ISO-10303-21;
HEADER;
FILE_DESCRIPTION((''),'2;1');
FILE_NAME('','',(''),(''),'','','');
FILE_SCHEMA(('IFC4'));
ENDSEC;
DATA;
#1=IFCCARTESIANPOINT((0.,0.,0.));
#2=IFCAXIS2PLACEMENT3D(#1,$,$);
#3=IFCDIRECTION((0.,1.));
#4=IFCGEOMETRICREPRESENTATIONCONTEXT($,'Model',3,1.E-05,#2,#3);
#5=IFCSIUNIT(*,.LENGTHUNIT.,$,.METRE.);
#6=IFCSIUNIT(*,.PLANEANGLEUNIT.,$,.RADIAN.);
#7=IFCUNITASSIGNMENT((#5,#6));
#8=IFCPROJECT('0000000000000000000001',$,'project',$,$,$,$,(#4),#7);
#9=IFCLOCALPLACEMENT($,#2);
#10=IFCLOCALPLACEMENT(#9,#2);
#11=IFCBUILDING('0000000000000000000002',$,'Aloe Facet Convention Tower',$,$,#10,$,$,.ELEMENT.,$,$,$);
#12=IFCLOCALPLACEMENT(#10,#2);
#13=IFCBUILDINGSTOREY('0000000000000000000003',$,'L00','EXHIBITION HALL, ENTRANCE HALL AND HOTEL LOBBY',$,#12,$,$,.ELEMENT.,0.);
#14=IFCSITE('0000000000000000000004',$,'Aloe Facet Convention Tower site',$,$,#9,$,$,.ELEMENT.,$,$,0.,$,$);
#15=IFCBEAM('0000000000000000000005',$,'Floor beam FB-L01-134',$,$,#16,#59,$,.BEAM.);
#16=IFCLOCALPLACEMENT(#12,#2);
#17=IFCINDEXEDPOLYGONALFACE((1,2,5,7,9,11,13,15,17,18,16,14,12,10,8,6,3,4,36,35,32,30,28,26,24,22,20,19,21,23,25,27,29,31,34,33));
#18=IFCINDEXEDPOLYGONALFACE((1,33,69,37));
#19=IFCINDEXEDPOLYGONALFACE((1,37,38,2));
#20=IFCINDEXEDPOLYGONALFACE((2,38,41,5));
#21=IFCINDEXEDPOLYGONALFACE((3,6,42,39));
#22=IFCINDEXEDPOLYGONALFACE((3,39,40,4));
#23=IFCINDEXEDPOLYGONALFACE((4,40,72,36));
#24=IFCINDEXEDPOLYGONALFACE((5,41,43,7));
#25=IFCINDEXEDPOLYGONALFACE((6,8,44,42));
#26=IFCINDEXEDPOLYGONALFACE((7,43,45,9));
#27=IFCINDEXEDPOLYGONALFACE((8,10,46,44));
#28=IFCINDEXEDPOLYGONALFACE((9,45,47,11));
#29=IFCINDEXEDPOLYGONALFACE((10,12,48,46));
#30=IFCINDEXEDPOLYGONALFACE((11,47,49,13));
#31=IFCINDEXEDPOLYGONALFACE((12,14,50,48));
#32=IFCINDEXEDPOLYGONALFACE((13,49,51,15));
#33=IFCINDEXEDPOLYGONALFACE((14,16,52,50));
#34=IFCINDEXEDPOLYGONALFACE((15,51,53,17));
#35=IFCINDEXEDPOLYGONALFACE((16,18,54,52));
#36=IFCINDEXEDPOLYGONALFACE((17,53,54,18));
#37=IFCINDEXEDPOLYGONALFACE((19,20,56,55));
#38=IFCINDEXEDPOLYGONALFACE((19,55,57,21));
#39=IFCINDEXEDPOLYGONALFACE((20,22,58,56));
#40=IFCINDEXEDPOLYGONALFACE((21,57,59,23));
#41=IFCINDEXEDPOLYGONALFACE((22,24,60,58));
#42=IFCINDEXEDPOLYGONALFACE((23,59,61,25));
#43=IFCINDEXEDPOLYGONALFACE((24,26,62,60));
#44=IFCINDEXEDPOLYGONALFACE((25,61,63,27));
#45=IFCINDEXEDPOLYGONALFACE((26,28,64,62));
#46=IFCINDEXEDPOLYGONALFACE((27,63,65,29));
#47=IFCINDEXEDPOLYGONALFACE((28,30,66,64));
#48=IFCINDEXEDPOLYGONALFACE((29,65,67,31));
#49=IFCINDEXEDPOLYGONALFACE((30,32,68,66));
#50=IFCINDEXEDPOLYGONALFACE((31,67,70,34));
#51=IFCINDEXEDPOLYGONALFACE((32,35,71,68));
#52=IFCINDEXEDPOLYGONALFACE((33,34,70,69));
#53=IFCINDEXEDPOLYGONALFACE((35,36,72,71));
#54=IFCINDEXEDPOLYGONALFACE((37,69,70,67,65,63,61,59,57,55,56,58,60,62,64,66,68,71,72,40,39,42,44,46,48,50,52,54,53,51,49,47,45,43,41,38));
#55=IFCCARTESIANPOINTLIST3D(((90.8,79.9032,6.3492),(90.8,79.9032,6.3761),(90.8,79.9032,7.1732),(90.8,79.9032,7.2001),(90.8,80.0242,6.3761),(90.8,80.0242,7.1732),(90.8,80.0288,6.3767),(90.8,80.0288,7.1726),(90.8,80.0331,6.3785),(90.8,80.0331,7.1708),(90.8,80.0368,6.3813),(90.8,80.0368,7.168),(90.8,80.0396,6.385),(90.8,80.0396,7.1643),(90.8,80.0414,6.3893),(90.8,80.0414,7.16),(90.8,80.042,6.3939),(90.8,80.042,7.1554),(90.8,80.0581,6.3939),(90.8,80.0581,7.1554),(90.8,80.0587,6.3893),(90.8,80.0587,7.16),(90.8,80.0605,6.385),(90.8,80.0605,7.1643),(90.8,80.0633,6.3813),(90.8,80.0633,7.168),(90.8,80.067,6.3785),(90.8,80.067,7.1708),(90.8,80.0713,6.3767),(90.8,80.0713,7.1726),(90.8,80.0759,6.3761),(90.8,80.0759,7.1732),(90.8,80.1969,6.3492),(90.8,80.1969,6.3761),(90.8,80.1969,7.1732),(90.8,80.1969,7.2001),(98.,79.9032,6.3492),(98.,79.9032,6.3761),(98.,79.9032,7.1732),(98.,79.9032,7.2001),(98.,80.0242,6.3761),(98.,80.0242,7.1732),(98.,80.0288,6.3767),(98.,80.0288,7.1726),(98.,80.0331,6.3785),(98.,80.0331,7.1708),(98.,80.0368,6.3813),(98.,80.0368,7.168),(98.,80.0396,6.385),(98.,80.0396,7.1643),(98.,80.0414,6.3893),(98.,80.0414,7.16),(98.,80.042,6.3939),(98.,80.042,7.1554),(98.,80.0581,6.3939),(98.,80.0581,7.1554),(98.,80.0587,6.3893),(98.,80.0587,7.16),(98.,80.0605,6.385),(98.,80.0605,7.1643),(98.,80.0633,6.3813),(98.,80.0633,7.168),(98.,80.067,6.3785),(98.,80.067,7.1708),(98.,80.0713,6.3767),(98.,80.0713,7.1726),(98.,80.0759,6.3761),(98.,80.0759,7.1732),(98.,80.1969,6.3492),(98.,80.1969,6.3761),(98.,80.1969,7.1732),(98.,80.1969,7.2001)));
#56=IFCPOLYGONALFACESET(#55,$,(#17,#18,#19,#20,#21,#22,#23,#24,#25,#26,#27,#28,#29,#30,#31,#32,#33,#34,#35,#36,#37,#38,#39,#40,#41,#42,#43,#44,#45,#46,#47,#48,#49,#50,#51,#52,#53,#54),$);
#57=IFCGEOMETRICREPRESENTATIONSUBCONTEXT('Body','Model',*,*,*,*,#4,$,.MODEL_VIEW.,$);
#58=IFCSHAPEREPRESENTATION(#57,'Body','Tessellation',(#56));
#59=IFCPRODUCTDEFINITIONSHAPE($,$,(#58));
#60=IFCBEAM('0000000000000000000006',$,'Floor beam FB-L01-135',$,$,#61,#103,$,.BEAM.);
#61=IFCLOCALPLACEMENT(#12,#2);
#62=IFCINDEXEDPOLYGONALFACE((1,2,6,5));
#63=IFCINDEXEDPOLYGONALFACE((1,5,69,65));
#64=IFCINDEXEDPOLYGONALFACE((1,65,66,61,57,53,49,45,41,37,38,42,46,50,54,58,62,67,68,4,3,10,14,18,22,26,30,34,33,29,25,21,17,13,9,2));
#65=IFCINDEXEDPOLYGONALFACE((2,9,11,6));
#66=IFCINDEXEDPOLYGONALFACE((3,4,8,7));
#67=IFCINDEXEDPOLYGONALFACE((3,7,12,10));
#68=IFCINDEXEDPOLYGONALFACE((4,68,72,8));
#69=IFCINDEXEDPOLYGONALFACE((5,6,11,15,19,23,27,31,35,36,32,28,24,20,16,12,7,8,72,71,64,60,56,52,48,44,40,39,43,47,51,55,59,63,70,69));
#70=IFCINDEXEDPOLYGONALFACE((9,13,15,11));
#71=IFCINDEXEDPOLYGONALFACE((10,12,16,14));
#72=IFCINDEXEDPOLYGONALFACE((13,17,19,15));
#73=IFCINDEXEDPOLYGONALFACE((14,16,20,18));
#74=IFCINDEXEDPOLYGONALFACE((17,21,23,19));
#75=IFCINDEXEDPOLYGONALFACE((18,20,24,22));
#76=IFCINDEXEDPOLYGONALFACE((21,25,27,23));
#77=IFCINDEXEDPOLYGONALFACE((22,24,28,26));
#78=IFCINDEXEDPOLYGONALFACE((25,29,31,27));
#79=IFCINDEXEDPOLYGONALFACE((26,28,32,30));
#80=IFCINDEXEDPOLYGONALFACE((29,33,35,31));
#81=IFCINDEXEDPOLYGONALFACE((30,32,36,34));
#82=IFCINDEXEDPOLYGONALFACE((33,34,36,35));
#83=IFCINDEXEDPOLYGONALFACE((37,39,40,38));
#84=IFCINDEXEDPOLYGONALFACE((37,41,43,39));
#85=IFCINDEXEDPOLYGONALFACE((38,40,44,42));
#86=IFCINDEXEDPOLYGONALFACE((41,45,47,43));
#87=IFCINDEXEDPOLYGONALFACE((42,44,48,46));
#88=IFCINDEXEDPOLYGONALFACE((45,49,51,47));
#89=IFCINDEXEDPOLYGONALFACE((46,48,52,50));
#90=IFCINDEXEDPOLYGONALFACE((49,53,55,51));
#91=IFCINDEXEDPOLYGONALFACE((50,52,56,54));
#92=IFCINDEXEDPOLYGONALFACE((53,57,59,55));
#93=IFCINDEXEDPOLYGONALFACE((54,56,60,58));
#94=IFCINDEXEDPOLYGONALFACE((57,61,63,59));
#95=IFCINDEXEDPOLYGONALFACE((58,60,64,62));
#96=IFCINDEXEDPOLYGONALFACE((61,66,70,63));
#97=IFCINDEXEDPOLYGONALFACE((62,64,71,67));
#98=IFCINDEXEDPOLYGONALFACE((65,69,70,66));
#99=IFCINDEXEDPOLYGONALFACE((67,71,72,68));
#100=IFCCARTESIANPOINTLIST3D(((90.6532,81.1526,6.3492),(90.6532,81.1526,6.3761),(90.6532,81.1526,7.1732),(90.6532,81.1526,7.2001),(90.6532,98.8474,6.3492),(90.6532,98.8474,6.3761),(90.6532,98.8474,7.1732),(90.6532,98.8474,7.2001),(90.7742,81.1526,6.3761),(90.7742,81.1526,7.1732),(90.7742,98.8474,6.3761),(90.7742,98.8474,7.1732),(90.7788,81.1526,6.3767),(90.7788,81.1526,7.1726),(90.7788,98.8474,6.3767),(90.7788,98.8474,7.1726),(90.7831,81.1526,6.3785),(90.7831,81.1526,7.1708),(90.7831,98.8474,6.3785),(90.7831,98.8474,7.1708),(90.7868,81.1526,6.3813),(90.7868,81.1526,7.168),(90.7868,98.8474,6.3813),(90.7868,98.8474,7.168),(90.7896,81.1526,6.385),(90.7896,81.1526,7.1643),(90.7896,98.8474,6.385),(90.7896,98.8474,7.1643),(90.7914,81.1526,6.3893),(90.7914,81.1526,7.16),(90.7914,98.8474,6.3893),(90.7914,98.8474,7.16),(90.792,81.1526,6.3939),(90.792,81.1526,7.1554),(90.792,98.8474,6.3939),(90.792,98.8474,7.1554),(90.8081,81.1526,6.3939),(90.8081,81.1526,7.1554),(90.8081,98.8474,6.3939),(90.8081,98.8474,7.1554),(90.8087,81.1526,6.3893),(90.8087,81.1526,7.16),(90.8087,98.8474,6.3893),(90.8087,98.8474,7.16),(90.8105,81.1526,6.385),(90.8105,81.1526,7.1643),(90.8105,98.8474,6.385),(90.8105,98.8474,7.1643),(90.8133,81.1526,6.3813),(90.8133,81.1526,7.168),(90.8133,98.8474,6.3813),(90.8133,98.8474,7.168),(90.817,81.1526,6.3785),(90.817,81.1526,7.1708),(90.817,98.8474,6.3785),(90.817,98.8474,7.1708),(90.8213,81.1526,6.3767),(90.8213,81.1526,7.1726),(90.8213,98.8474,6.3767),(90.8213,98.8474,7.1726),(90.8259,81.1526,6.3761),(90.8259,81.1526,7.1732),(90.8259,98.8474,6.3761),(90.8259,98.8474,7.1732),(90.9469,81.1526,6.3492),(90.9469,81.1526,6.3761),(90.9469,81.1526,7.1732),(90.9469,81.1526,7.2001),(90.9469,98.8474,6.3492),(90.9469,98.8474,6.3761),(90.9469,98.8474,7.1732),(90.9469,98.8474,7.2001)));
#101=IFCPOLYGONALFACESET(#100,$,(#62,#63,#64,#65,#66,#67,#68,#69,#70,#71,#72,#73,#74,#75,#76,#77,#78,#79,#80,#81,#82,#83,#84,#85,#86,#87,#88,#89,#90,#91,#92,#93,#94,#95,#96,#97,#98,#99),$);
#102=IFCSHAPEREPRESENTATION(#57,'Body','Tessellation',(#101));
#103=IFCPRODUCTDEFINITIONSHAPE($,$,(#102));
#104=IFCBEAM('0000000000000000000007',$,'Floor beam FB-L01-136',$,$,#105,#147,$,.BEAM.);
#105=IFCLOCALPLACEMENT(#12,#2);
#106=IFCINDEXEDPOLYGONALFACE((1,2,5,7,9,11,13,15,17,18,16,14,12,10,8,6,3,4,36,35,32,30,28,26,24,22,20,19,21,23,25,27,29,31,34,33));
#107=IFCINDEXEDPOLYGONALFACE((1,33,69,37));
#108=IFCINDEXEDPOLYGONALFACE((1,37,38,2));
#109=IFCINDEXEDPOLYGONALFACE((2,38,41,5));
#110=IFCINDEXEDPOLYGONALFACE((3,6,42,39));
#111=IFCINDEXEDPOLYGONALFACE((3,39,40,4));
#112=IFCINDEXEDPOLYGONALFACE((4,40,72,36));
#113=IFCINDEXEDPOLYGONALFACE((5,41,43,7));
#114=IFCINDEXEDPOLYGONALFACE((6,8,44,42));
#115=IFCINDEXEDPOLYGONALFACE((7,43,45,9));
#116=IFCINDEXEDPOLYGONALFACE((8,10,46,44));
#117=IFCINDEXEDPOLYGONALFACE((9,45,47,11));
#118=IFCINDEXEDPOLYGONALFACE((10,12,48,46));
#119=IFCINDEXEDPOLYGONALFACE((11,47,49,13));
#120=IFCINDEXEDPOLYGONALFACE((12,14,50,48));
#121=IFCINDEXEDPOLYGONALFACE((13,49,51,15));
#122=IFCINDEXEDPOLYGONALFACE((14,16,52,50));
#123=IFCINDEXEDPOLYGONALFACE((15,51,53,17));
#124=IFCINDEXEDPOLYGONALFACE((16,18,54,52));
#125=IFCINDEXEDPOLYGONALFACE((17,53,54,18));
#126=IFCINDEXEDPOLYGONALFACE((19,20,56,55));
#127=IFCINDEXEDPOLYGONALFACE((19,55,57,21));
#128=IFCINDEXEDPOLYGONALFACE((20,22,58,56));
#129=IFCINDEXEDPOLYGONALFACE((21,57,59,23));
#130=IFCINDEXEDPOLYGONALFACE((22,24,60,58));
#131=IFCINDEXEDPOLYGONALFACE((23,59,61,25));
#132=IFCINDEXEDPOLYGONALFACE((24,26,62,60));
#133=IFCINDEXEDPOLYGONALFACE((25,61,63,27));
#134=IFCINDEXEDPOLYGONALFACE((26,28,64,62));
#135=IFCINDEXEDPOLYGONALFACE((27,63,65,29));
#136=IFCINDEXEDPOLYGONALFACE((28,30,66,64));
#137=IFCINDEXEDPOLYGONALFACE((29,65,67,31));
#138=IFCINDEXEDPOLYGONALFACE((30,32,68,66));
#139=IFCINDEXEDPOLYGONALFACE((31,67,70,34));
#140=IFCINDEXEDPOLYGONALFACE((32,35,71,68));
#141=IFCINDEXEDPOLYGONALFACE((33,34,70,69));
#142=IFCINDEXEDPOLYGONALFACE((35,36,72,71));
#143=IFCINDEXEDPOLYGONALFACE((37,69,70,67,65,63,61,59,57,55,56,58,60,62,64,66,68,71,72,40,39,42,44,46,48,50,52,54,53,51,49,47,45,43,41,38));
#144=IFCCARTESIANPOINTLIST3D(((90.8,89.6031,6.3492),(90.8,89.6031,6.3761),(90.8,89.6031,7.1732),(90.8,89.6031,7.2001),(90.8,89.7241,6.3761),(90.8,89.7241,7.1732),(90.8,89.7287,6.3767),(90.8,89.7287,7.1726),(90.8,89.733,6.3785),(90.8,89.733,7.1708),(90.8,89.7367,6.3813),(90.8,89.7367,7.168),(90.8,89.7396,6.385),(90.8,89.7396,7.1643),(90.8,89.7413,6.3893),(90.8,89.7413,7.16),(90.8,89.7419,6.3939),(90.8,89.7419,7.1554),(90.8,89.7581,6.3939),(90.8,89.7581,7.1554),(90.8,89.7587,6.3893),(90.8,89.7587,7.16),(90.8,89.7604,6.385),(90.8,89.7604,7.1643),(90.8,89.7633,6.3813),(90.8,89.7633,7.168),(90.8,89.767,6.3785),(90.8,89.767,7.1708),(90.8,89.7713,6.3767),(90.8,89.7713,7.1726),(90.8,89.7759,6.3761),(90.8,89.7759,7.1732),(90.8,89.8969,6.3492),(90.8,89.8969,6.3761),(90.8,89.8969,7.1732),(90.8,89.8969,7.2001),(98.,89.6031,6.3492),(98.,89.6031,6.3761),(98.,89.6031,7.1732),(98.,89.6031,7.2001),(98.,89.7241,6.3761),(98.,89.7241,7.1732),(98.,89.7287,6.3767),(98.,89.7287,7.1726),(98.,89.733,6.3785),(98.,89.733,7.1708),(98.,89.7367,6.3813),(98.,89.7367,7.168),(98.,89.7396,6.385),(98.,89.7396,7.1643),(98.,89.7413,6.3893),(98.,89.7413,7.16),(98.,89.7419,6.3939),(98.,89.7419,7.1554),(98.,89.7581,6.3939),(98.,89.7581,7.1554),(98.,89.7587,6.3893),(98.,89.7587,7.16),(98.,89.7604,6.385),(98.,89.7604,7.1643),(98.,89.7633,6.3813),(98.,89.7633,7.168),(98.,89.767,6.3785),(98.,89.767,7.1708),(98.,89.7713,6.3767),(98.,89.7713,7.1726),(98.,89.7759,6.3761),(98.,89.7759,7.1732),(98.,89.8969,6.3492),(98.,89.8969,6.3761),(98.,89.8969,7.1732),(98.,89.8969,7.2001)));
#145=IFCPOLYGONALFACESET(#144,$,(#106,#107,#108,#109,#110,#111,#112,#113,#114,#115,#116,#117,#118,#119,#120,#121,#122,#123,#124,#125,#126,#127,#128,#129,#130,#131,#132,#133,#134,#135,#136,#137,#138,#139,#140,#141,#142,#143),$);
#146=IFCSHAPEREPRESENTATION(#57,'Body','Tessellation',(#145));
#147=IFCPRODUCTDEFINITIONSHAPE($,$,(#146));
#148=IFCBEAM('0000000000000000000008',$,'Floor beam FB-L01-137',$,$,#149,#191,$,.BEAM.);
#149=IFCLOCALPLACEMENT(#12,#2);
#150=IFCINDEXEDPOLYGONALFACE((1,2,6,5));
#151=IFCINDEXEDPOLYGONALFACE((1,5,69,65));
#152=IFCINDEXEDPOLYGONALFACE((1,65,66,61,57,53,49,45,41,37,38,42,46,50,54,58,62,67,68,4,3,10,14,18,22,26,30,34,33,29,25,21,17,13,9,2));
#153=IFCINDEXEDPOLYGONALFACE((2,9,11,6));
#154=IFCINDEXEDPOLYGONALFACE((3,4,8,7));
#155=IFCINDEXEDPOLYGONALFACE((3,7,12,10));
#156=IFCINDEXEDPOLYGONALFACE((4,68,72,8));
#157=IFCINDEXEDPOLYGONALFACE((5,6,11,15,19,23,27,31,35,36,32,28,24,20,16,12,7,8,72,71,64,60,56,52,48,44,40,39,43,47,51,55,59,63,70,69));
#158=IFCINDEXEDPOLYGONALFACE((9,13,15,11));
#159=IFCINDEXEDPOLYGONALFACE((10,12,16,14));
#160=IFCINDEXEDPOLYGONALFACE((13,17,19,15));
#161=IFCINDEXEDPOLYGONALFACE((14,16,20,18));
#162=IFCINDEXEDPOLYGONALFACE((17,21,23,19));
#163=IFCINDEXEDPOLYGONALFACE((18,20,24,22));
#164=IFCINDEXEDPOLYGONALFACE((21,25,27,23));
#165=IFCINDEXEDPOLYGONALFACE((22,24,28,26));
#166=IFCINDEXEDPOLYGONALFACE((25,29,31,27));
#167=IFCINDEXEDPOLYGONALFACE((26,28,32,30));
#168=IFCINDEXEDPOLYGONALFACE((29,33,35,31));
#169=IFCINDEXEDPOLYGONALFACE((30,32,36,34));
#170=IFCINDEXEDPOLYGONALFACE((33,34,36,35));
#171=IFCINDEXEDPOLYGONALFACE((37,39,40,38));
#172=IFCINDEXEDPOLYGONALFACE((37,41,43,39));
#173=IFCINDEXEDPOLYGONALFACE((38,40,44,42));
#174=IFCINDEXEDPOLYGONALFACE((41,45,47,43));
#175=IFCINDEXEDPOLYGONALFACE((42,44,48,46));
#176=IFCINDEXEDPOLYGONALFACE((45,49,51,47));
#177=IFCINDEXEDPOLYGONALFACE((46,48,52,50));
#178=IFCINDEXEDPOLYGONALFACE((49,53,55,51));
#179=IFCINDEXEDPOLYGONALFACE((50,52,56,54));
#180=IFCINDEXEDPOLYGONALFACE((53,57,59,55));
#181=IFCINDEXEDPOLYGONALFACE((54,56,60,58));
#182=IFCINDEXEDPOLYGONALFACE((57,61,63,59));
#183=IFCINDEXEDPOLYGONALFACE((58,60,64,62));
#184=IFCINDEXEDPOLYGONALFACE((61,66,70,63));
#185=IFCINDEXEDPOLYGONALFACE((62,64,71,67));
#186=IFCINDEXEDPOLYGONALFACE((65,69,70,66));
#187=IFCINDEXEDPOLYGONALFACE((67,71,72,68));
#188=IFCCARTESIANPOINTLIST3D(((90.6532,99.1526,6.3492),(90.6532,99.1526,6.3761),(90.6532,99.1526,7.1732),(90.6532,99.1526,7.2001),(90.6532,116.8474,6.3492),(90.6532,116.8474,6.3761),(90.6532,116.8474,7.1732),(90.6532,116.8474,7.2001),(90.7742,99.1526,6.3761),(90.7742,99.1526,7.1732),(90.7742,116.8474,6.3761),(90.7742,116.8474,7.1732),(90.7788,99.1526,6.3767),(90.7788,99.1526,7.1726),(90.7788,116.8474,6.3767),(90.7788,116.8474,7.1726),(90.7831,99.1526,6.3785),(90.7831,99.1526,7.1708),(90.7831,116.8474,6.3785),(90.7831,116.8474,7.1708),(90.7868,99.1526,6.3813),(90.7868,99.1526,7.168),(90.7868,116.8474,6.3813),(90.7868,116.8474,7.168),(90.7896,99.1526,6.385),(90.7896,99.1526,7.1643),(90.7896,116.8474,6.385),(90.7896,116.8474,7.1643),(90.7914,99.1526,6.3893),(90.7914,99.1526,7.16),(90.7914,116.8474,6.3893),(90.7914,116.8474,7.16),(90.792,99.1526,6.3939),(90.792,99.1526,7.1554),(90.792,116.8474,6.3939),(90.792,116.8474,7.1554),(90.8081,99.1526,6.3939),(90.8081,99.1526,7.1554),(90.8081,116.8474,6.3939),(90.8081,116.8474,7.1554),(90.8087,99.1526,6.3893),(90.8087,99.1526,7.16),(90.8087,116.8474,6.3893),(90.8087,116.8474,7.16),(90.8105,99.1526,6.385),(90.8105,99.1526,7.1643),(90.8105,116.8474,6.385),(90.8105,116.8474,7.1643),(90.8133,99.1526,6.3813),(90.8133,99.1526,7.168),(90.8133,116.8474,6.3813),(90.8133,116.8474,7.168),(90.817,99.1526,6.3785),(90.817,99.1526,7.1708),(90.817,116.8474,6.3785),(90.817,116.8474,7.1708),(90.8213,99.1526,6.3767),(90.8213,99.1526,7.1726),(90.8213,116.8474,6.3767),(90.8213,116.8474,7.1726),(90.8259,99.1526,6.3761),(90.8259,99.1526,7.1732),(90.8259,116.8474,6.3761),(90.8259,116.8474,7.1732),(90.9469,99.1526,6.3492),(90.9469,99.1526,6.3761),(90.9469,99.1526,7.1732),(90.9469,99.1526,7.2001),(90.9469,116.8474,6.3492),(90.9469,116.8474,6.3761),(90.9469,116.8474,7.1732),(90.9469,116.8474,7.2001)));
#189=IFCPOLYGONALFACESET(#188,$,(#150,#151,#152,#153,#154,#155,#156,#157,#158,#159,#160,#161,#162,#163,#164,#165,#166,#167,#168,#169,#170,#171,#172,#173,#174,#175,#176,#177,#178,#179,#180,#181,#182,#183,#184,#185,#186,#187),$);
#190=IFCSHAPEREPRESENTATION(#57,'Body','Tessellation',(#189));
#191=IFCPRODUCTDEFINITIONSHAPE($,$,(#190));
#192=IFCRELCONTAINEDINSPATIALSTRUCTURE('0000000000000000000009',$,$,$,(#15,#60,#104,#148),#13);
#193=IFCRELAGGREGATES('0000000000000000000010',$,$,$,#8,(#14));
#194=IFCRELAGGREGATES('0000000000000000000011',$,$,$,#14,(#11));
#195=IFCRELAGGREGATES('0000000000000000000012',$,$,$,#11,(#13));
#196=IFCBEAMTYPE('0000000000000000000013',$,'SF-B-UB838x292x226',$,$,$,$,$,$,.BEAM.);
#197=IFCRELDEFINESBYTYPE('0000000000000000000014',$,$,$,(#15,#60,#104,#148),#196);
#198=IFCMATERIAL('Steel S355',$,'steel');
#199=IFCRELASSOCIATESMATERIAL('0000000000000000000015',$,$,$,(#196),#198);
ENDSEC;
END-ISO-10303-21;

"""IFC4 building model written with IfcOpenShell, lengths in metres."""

from ifc_helpers import new_model, si_unit, direction, frame, origin, origin_2d, place, context, subcontext, project, spatial, i_section, extrude, material, material_profile, profile_set, type_object, element, save


model = new_model("IFC4")

# Units and contexts
model_context = context("Model", 3, precision=1e-05, world=origin(), true_north=direction((0.0, 1.0)))
body_context = subcontext(model_context, "Body", "Model", "MODEL_VIEW")
ifc_project = project(units=[si_unit("LENGTHUNIT", "METRE"), si_unit("PLANEANGLEUNIT", "RADIAN")], contexts=[model_context])

# Site, building, storey
site_placement = place(None, origin())
site = spatial("IfcSite", under=ifc_project, at=site_placement, Name="Aloe Facet Convention Tower site", CompositionType="ELEMENT", RefElevation=0.0)
building_placement = place(site_placement, origin())
building = spatial("IfcBuilding", under=site, at=building_placement, Name="Aloe Facet Convention Tower", CompositionType="ELEMENT")
storey_placement = place(building_placement, origin())
storey = spatial("IfcBuildingStorey", under=building, at=storey_placement, Name="L00", Description="EXHIBITION HALL, ENTRANCE HALL AND HOTEL LOBBY", CompositionType="ELEMENT", Elevation=0.0)

# Beams
ifc_material_1 = material(Name="Steel S355", Category="steel")
ifc_material_profile_1 = material_profile(ifc_material_1, i_section(OverallWidth=0.2937, OverallDepth=0.8508, WebThickness=0.0161, FlangeThickness=0.0269, FilletRadius=0.0178, at=origin_2d()), Name="UB 838x292x226")
ifc_profile_set_1 = profile_set([ifc_material_profile_1], Name="Steel S355")
beam_type_1 = type_object("IfcBeamType", Name="SF-B-UB838x292x226", PredefinedType="BEAM", material=ifc_profile_set_1)
beam_1_placement = place(storey_placement, frame((90.8, 80.05, 6.7747), z_axis=(1.0, 0.0, 0.0), x_axis=(0.0, 1.0, 0.0)))
element("IfcBeam", 1, at=beam_1_placement, inside=storey, type_object=beam_type_1, Name="Floor beam FB-L01-134", PredefinedType="BEAM", context=body_context, shape_type="SweptSolid", body=[
    extrude(i_section(OverallWidth=0.2937, OverallDepth=0.8508, WebThickness=0.0161, FlangeThickness=0.0269, FilletRadius=0.0178, at=origin_2d()), origin(), (0.0, 0.0, 1.0), 7.2),
])
beam_2_placement = place(storey_placement, frame((90.8, 81.1526, 6.7747), z_axis=(0.0, 1.0, 0.0), x_axis=(-1.0, 0.0, 0.0)))
element("IfcBeam", 2, at=beam_2_placement, inside=storey, type_object=beam_type_1, Name="Floor beam FB-L01-135", PredefinedType="BEAM", context=body_context, shape_type="SweptSolid", body=[
    extrude(i_section(OverallWidth=0.2937, OverallDepth=0.8508, WebThickness=0.0161, FlangeThickness=0.0269, FilletRadius=0.0178, at=origin_2d()), origin(), (0.0, 0.0, 1.0), 17.6948),
])
beam_3_placement = place(storey_placement, frame((90.8, 89.75, 6.7747), z_axis=(1.0, 0.0, 0.0), x_axis=(0.0, 1.0, 0.0)))
element("IfcBeam", 3, at=beam_3_placement, inside=storey, type_object=beam_type_1, Name="Floor beam FB-L01-136", PredefinedType="BEAM", context=body_context, shape_type="SweptSolid", body=[
    extrude(i_section(OverallWidth=0.2937, OverallDepth=0.8508, WebThickness=0.0161, FlangeThickness=0.0269, FilletRadius=0.0178, at=origin_2d()), origin(), (0.0, 0.0, 1.0), 7.2),
])
beam_4_placement = place(storey_placement, frame((90.8, 99.1526, 6.7747), z_axis=(0.0, 1.0, 0.0), x_axis=(-1.0, 0.0, 0.0)))
element("IfcBeam", 4, at=beam_4_placement, inside=storey, type_object=beam_type_1, Name="Floor beam FB-L01-137", PredefinedType="BEAM", context=body_context, shape_type="SweptSolid", body=[
    extrude(i_section(OverallWidth=0.2937, OverallDepth=0.8508, WebThickness=0.0161, FlangeThickness=0.0269, FilletRadius=0.0178, at=origin_2d()), origin(), (0.0, 0.0, 1.0), 17.6948),
])

save(model, "model.ifc")
